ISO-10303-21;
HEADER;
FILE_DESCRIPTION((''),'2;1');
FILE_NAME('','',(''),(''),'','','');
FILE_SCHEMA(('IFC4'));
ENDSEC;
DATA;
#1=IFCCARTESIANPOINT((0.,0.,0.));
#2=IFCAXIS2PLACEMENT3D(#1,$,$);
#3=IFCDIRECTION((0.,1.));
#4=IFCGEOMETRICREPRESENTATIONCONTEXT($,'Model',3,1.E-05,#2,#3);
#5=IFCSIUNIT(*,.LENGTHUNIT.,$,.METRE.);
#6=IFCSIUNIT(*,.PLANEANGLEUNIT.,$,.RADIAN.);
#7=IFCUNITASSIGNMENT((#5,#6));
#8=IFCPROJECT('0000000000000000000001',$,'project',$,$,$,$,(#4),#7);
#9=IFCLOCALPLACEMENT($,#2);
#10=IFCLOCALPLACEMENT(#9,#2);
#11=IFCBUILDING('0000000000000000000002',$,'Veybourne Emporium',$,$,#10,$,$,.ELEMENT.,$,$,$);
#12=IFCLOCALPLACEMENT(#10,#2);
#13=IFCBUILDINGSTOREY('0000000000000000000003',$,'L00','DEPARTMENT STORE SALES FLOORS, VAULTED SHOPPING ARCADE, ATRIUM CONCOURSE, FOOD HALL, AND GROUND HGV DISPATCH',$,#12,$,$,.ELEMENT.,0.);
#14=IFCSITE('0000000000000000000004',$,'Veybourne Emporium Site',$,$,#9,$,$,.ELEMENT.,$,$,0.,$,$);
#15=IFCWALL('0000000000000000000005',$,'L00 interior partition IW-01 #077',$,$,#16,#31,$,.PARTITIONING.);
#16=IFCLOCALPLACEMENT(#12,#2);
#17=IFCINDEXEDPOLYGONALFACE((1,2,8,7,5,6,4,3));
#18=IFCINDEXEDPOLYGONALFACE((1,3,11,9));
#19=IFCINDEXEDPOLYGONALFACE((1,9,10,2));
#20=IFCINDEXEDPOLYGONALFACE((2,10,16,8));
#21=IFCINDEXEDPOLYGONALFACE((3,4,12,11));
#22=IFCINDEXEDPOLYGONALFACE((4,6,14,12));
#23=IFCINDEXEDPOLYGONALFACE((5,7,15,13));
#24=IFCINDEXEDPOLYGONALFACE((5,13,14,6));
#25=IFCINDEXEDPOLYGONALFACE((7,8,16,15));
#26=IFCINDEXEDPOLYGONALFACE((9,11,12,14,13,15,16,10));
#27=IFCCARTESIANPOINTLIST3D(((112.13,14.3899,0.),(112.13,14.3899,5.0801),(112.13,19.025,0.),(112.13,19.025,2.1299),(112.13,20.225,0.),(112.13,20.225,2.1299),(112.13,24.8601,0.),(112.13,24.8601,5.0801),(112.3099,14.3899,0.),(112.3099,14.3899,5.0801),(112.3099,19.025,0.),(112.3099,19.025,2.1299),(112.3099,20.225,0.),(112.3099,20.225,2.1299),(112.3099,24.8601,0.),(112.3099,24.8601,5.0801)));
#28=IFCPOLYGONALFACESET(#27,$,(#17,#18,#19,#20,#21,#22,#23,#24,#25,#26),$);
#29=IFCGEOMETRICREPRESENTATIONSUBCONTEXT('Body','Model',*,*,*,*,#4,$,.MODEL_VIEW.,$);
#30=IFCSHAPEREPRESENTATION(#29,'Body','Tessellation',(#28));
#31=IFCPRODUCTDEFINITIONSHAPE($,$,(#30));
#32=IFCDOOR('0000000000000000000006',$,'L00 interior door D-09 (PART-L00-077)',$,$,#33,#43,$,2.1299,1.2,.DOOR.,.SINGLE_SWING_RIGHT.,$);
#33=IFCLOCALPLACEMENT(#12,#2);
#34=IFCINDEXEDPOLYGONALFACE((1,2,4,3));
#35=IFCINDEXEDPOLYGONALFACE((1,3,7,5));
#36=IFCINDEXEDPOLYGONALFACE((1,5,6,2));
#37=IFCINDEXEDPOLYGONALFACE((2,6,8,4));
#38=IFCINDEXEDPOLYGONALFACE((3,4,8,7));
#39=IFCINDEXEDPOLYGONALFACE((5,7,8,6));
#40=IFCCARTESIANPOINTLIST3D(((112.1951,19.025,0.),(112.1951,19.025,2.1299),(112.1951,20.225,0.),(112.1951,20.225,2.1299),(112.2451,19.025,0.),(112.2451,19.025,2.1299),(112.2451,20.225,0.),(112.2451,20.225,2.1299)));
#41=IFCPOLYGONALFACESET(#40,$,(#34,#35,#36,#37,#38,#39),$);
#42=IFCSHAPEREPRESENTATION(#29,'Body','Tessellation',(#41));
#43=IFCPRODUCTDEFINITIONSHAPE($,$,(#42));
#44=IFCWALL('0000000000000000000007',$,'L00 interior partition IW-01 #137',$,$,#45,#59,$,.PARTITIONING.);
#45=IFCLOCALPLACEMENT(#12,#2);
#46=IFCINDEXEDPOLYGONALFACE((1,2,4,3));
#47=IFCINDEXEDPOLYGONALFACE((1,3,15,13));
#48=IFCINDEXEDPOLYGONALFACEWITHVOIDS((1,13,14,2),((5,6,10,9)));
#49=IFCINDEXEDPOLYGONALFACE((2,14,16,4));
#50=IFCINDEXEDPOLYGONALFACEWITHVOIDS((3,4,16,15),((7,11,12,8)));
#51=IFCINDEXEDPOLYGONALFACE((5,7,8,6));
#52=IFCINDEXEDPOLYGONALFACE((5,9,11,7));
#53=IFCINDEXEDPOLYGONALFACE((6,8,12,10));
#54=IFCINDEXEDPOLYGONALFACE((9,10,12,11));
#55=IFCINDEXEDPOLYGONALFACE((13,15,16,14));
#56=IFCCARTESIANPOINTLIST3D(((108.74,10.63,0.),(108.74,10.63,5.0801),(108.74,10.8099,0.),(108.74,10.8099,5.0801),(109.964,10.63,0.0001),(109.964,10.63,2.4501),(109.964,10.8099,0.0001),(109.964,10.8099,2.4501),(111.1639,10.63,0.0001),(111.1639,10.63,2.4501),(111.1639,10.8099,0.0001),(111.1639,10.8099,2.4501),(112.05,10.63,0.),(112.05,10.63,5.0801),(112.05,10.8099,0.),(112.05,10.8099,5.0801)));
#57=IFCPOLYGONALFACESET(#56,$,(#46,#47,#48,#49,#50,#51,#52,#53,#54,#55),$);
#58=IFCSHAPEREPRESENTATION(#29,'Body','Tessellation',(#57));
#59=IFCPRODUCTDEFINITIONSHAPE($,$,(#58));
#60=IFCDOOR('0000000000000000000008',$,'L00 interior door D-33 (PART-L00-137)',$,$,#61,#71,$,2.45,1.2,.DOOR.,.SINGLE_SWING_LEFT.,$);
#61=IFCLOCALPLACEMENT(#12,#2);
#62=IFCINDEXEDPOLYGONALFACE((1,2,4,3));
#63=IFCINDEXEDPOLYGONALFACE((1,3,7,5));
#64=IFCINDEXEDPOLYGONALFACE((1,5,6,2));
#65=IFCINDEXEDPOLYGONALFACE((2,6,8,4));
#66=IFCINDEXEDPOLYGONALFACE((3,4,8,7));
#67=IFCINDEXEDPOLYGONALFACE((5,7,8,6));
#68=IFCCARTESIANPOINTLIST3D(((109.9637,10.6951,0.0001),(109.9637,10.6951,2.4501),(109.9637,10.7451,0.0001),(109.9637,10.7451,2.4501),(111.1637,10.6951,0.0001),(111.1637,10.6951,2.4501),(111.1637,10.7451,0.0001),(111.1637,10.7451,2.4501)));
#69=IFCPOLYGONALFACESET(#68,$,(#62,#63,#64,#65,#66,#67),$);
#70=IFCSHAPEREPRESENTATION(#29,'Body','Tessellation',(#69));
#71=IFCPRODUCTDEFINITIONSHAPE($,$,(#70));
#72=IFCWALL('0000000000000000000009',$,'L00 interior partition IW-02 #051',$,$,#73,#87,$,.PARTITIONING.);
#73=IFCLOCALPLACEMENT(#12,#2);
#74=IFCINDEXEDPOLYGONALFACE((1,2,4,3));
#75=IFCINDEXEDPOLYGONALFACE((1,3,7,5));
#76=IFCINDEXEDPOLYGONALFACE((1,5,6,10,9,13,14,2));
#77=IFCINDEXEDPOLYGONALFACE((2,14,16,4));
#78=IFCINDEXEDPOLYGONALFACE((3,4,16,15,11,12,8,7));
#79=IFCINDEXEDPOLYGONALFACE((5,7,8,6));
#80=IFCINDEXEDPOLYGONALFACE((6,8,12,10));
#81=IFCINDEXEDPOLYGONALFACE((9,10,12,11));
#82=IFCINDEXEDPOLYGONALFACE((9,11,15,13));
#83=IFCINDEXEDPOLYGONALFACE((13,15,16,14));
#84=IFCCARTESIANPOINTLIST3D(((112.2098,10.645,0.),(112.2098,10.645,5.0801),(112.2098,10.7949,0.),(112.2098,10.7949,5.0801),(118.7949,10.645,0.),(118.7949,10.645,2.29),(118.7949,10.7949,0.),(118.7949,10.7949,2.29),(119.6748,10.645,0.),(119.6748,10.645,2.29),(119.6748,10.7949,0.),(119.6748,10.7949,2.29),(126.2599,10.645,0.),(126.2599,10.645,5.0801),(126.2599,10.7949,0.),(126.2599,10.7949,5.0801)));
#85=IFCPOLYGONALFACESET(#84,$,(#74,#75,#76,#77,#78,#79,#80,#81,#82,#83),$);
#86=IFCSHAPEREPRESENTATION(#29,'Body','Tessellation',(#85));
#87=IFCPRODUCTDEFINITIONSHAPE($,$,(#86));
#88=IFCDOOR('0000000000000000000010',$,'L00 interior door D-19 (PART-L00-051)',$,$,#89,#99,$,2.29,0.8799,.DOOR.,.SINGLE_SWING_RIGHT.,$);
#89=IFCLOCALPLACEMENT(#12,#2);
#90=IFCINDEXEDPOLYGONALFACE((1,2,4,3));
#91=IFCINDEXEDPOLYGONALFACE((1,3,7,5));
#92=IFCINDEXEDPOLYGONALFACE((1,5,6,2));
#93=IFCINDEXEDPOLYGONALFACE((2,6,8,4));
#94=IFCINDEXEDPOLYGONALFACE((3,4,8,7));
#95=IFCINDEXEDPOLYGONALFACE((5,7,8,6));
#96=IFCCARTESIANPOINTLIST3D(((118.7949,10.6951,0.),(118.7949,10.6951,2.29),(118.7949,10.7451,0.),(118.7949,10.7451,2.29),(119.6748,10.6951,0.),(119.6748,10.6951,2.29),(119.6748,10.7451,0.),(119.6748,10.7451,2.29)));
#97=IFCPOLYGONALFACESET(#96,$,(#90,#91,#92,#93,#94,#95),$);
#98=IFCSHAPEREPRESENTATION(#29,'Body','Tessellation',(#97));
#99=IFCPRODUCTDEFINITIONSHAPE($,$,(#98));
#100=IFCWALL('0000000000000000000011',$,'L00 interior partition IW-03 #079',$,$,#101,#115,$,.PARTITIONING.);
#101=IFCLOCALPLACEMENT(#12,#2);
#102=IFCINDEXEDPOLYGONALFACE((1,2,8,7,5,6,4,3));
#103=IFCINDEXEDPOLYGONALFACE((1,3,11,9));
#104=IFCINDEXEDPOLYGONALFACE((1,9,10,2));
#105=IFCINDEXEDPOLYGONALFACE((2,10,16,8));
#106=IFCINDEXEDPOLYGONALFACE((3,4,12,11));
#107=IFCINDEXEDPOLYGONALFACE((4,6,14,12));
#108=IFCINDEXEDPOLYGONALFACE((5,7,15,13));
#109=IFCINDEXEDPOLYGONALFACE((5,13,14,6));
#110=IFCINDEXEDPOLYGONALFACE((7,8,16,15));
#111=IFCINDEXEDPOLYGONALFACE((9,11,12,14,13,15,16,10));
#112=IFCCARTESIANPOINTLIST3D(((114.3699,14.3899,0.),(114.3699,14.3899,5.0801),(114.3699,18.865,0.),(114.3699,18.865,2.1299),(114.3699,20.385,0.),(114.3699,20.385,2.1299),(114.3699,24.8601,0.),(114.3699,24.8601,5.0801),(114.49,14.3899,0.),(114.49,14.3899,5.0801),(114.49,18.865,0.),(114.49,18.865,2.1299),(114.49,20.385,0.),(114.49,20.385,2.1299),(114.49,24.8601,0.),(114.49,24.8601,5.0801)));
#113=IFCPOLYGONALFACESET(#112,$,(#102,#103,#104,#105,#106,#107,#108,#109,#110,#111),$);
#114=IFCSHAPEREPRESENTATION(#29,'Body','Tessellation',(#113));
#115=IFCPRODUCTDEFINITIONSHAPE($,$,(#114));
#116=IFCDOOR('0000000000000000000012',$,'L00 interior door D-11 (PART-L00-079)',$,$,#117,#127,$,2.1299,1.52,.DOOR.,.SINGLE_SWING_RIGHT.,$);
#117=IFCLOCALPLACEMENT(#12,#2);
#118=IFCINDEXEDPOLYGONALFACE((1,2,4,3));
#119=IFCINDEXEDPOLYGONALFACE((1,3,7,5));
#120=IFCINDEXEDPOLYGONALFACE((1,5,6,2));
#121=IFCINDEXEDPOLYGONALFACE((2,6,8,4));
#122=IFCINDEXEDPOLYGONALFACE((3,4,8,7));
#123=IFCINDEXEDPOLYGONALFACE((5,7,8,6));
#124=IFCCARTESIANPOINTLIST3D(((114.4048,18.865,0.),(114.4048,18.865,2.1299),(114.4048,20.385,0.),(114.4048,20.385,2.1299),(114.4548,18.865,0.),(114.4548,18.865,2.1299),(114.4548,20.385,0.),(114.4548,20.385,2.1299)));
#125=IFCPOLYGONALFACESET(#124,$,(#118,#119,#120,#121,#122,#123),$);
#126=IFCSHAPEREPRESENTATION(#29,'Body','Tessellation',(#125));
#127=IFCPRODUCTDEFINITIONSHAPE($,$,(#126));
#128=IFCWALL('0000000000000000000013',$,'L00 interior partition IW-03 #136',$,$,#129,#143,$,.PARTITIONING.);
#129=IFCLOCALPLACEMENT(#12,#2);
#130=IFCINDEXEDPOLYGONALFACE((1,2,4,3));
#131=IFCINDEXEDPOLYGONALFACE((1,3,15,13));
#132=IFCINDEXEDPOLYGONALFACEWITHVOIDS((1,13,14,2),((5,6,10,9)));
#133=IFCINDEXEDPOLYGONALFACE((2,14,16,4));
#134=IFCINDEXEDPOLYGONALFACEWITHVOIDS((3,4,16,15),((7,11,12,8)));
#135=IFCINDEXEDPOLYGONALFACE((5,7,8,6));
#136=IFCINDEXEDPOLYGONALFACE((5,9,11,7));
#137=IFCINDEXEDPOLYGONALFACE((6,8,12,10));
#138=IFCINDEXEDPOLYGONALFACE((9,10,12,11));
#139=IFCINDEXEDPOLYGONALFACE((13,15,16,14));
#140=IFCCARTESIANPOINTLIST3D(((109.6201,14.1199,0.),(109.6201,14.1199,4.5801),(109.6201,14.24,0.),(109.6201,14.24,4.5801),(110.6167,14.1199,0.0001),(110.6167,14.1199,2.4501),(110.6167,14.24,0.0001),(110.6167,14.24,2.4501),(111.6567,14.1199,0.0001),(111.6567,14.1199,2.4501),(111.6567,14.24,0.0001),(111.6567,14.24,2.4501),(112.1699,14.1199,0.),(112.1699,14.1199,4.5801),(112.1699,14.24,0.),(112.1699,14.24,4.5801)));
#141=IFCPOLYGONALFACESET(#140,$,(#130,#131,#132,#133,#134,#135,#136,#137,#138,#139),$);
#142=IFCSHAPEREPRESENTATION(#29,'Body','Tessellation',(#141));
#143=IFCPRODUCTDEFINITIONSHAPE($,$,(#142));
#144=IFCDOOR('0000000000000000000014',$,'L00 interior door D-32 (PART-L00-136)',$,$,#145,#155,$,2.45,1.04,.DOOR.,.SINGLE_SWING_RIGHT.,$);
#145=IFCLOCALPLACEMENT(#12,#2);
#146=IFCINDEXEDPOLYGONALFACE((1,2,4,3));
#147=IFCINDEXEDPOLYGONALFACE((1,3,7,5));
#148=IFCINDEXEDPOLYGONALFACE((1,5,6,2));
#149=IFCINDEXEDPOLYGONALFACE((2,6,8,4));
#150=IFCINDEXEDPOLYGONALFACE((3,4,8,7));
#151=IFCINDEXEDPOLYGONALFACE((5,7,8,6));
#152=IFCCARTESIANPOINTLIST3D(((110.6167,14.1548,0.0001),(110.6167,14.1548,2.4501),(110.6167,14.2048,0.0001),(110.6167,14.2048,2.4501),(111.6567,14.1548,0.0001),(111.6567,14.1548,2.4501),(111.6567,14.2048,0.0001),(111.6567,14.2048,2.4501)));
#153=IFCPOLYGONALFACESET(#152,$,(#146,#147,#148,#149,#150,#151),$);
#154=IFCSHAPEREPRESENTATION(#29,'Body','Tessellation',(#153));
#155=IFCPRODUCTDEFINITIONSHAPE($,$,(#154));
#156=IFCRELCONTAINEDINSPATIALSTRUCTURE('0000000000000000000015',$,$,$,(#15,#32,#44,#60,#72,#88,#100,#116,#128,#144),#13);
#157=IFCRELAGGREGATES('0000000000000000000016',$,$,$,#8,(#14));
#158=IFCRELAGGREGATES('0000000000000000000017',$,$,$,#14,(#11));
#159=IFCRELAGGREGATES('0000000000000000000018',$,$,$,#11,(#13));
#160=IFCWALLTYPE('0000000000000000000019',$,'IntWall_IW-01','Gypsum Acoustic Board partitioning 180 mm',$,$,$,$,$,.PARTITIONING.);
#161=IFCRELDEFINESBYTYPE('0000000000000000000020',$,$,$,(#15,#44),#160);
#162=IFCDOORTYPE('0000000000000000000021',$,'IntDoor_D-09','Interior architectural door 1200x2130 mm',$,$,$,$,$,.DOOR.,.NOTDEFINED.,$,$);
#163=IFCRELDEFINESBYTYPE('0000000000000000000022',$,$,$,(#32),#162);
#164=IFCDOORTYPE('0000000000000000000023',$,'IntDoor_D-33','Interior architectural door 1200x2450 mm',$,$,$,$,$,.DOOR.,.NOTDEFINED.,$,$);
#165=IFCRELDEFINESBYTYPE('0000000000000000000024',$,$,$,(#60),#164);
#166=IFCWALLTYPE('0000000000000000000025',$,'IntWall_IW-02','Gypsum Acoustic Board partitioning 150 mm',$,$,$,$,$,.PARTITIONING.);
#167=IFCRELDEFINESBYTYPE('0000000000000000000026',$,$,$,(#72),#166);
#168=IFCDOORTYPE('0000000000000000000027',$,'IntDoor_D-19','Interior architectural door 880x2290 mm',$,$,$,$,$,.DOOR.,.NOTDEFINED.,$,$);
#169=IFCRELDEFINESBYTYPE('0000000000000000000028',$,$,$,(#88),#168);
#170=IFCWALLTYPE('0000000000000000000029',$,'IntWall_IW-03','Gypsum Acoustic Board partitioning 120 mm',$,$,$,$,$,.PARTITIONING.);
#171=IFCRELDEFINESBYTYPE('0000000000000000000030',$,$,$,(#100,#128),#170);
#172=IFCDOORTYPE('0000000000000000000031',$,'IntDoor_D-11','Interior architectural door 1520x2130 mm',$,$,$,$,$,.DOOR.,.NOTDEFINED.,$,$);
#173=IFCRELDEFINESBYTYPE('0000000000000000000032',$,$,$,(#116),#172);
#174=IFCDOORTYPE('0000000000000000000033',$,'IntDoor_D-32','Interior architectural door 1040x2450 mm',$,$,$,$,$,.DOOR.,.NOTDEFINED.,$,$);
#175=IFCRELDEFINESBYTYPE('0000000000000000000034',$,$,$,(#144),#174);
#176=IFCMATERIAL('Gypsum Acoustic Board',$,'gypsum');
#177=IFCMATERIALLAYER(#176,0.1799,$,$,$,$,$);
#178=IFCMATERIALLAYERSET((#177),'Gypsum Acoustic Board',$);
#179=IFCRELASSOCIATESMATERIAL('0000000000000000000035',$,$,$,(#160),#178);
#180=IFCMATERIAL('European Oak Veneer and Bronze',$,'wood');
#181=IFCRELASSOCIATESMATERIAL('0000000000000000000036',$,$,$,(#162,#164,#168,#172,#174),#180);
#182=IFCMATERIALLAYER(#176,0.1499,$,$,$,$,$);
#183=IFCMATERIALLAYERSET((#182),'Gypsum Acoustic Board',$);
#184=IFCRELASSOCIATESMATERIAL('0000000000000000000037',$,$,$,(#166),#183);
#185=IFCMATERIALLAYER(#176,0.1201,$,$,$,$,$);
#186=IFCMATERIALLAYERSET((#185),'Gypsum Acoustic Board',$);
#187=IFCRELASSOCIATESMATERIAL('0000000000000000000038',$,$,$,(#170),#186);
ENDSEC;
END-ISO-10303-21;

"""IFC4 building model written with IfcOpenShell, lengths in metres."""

from ifc_helpers import new_model, si_unit, direction, frame, frame_2d, origin, place, context, subcontext, project, spatial, rectangle, extrude, material, layer, layer_set, type_object, element, fill, save


model = new_model("IFC4")

# Units and contexts
model_context = context("Model", 3, precision=1e-05, world=origin(), true_north=direction((0.0, 1.0)))
body_context = subcontext(model_context, "Body", "Model", "MODEL_VIEW")
ifc_project = project(units=[si_unit("LENGTHUNIT", "METRE"), si_unit("PLANEANGLEUNIT", "RADIAN")], contexts=[model_context])

# Site, building, storey
site_placement = place(None, origin())
site = spatial("IfcSite", under=ifc_project, at=site_placement, Name="Veybourne Emporium Site", CompositionType="ELEMENT", RefElevation=0.0)
building_placement = place(site_placement, origin())
building = spatial("IfcBuilding", under=site, at=building_placement, Name="Veybourne Emporium", CompositionType="ELEMENT")
storey_placement = place(building_placement, origin())
storey = spatial("IfcBuildingStorey", under=building, at=storey_placement, Name="L00", Description="DEPARTMENT STORE SALES FLOORS, VAULTED SHOPPING ARCADE, ATRIUM CONCOURSE, FOOD HALL, AND GROUND HGV DISPATCH", CompositionType="ELEMENT", Elevation=0.0)

# Walls, openings, doors
ifc_material_1 = material(Name="Gypsum Acoustic Board", Category="gypsum")
ifc_layer_1 = layer(ifc_material_1, 0.1799)
ifc_layer_set_1 = layer_set([ifc_layer_1], Name="Gypsum Acoustic Board")
wall_type_1 = type_object("IfcWallType", Name="IntWall_IW-01", Description="Gypsum Acoustic Board partitioning 180 mm", PredefinedType="PARTITIONING", material=ifc_layer_set_1)
ifc_material_2 = material(Name="European Oak Veneer and Bronze", Category="wood")
wall_1_placement = place(storey_placement, frame((112.22, 14.3899, 0.0), z_axis=(0.0, 0.0, 1.0), x_axis=(0.0, 1.0, 0.0)))
wall_1 = element("IfcWall", 1, at=wall_1_placement, inside=storey, type_object=wall_type_1, Name="L00 interior partition IW-01 #077", PredefinedType="PARTITIONING", context=body_context, shape_type="SweptSolid", body=[
    extrude(rectangle(XDim=10.4702, YDim=0.1799, at=frame_2d((5.2351, 0.0))), origin(), (0.0, 0.0, 1.0), 5.0801),
])
opening_1_placement = place(wall_1_placement, frame((4.635, 0.0, 0.0)))
opening_1 = element("IfcOpeningElement", 2, at=opening_1_placement, cuts=wall_1, PredefinedType="OPENING", context=body_context, shape_type="SweptSolid", body=[
    extrude(rectangle(XDim=1.2, YDim=2.1299, at=frame_2d((0.6001, 1.0649))), frame((0.0, 0.1099, 0.0), z_axis=(0.0, -1.0, 0.0), x_axis=(1.0, 0.0, 0.0)), (0.0, 0.0, 1.0), 0.22),
])
door_type_1 = type_object("IfcDoorType", Name="IntDoor_D-09", Description="Interior architectural door 1200x2130 mm", OperationType="NOTDEFINED", PredefinedType="DOOR", material=ifc_material_2)
door_1_placement = place(opening_1_placement, origin())
door_1 = element("IfcDoor", 3, at=door_1_placement, inside=storey, type_object=door_type_1, Name="L00 interior door D-09 (PART-L00-077)", OperationType="SINGLE_SWING_RIGHT", OverallHeight=2.1299, OverallWidth=1.2, PredefinedType="DOOR", context=body_context, shape_type="SweptSolid", body=[
    extrude(rectangle(XDim=1.2, YDim=2.1299, at=frame_2d((0.6001, 1.0649))), frame((0.0, 0.0249, 0.0), z_axis=(0.0, -1.0, 0.0), x_axis=(1.0, 0.0, 0.0)), (0.0, 0.0, 1.0), 0.05),
])
fill(opening_1, door_1)
wall_2_placement = place(storey_placement, frame((108.74, 10.72, 0.0), z_axis=(0.0, 0.0, 1.0), x_axis=(1.0, 0.0, 0.0)))
wall_2 = element("IfcWall", 4, at=wall_2_placement, inside=storey, type_object=wall_type_1, Name="L00 interior partition IW-01 #137", PredefinedType="PARTITIONING", context=body_context, shape_type="SweptSolid", body=[
    extrude(rectangle(XDim=3.3101, YDim=0.1799, at=frame_2d((1.655, 0.0))), origin(), (0.0, 0.0, 1.0), 5.0801),
])
opening_2_placement = place(wall_2_placement, frame((1.2239, 0.0, 0.0)))
opening_2 = element("IfcOpeningElement", 5, at=opening_2_placement, cuts=wall_2, PredefinedType="OPENING", context=body_context, shape_type="SweptSolid", body=[
    extrude(rectangle(XDim=1.2, YDim=2.45, at=frame_2d((0.6001, 1.2251))), frame((0.0, 0.1099, 0.0), z_axis=(0.0, -1.0, 0.0), x_axis=(1.0, 0.0, 0.0)), (0.0, 0.0, 1.0), 0.22),
])
door_type_2 = type_object("IfcDoorType", Name="IntDoor_D-33", Description="Interior architectural door 1200x2450 mm", OperationType="NOTDEFINED", PredefinedType="DOOR", material=ifc_material_2)
door_2_placement = place(opening_2_placement, frame((1.2, 0.0, 0.0), z_axis=(0.0, 0.0, 1.0), x_axis=(-1.0, 0.0, 0.0)))
door_2 = element("IfcDoor", 6, at=door_2_placement, inside=storey, type_object=door_type_2, Name="L00 interior door D-33 (PART-L00-137)", OperationType="SINGLE_SWING_LEFT", OverallHeight=2.45, OverallWidth=1.2, PredefinedType="DOOR", context=body_context, shape_type="SweptSolid", body=[
    extrude(rectangle(XDim=1.2, YDim=2.45, at=frame_2d((0.6001, 1.2251))), frame((0.0, 0.0249, 0.0), z_axis=(0.0, -1.0, 0.0), x_axis=(1.0, 0.0, 0.0)), (0.0, 0.0, 1.0), 0.05),
])
fill(opening_2, door_2)
ifc_layer_2 = layer(ifc_material_1, 0.1499)
ifc_layer_set_2 = layer_set([ifc_layer_2], Name="Gypsum Acoustic Board")
wall_type_2 = type_object("IfcWallType", Name="IntWall_IW-02", Description="Gypsum Acoustic Board partitioning 150 mm", PredefinedType="PARTITIONING", material=ifc_layer_set_2)
wall_3_placement = place(storey_placement, frame((112.21, 10.72, 0.0), z_axis=(0.0, 0.0, 1.0), x_axis=(1.0, 0.0, 0.0)))
wall_3 = element("IfcWall", 7, at=wall_3_placement, inside=storey, type_object=wall_type_2, Name="L00 interior partition IW-02 #051", PredefinedType="PARTITIONING", context=body_context, shape_type="SweptSolid", body=[
    extrude(rectangle(XDim=14.05, YDim=0.1499, at=frame_2d((7.0249, 0.0))), origin(), (0.0, 0.0, 1.0), 5.0801),
])
opening_3_placement = place(wall_3_placement, frame((6.585, 0.0, 0.0)))
opening_3 = element("IfcOpeningElement", 8, at=opening_3_placement, cuts=wall_3, PredefinedType="OPENING", context=body_context, shape_type="SweptSolid", body=[
    extrude(rectangle(XDim=0.8799, YDim=2.29, at=frame_2d((0.4399, 1.145))), frame((0.0, 0.095, 0.0), z_axis=(0.0, -1.0, 0.0), x_axis=(1.0, 0.0, 0.0)), (0.0, 0.0, 1.0), 0.1899),
])
door_type_3 = type_object("IfcDoorType", Name="IntDoor_D-19", Description="Interior architectural door 880x2290 mm", OperationType="NOTDEFINED", PredefinedType="DOOR", material=ifc_material_2)
door_3_placement = place(opening_3_placement, frame((0.8799, 0.0, 0.0), z_axis=(0.0, 0.0, 1.0), x_axis=(-1.0, 0.0, 0.0)))
door_3 = element("IfcDoor", 9, at=door_3_placement, inside=storey, type_object=door_type_3, Name="L00 interior door D-19 (PART-L00-051)", OperationType="SINGLE_SWING_RIGHT", OverallHeight=2.29, OverallWidth=0.8799, PredefinedType="DOOR", context=body_context, shape_type="SweptSolid", body=[
    extrude(rectangle(XDim=0.8799, YDim=2.29, at=frame_2d((0.4399, 1.145))), frame((0.0, 0.0249, 0.0), z_axis=(0.0, -1.0, 0.0), x_axis=(1.0, 0.0, 0.0)), (0.0, 0.0, 1.0), 0.05),
])
fill(opening_3, door_3)
ifc_layer_3 = layer(ifc_material_1, 0.1201)
ifc_layer_set_3 = layer_set([ifc_layer_3], Name="Gypsum Acoustic Board")
wall_type_3 = type_object("IfcWallType", Name="IntWall_IW-03", Description="Gypsum Acoustic Board partitioning 120 mm", PredefinedType="PARTITIONING", material=ifc_layer_set_3)
wall_4_placement = place(storey_placement, frame((114.4299, 14.3899, 0.0), z_axis=(0.0, 0.0, 1.0), x_axis=(0.0, 1.0, 0.0)))
wall_4 = element("IfcWall", 10, at=wall_4_placement, inside=storey, type_object=wall_type_3, Name="L00 interior partition IW-03 #079", PredefinedType="PARTITIONING", context=body_context, shape_type="SweptSolid", body=[
    extrude(rectangle(XDim=10.4702, YDim=0.1201, at=frame_2d((5.2351, 0.0))), origin(), (0.0, 0.0, 1.0), 5.0801),
])
opening_4_placement = place(wall_4_placement, frame((4.4751, 0.0, 0.0)))
opening_4 = element("IfcOpeningElement", 11, at=opening_4_placement, cuts=wall_4, PredefinedType="OPENING", context=body_context, shape_type="SweptSolid", body=[
    extrude(rectangle(XDim=1.52, YDim=2.1299, at=frame_2d((0.76, 1.0649))), frame((0.0, 0.0801, 0.0), z_axis=(0.0, -1.0, 0.0), x_axis=(1.0, 0.0, 0.0)), (0.0, 0.0, 1.0), 0.1602),
])
door_type_4 = type_object("IfcDoorType", Name="IntDoor_D-11", Description="Interior architectural door 1520x2130 mm", OperationType="NOTDEFINED", PredefinedType="DOOR", material=ifc_material_2)
door_4_placement = place(opening_4_placement, frame((1.52, 0.0, 0.0), z_axis=(0.0, 0.0, 1.0), x_axis=(-1.0, 0.0, 0.0)))
door_4 = element("IfcDoor", 12, at=door_4_placement, inside=storey, type_object=door_type_4, Name="L00 interior door D-11 (PART-L00-079)", OperationType="SINGLE_SWING_RIGHT", OverallHeight=2.1299, OverallWidth=1.52, PredefinedType="DOOR", context=body_context, shape_type="SweptSolid", body=[
    extrude(rectangle(XDim=1.52, YDim=2.1299, at=frame_2d((0.76, 1.0649))), frame((0.0, 0.0249, 0.0), z_axis=(0.0, -1.0, 0.0), x_axis=(1.0, 0.0, 0.0)), (0.0, 0.0, 1.0), 0.05),
])
fill(opening_4, door_4)
wall_5_placement = place(storey_placement, frame((109.6201, 14.1799, 0.0), z_axis=(0.0, 0.0, 1.0), x_axis=(1.0, 0.0, 0.0)))
wall_5 = element("IfcWall", 13, at=wall_5_placement, inside=storey, type_object=wall_type_3, Name="L00 interior partition IW-03 #136", PredefinedType="PARTITIONING", context=body_context, shape_type="SweptSolid", body=[
    extrude(rectangle(XDim=2.5498, YDim=0.1201, at=frame_2d((1.2749, 0.0))), origin(), (0.0, 0.0, 1.0), 4.5801),
])
opening_5_placement = place(wall_5_placement, frame((0.9966, 0.0, 0.0)))
opening_5 = element("IfcOpeningElement", 14, at=opening_5_placement, cuts=wall_5, PredefinedType="OPENING", context=body_context, shape_type="SweptSolid", body=[
    extrude(rectangle(XDim=1.04, YDim=2.45, at=frame_2d((0.52, 1.2251))), frame((0.0, 0.0801, 0.0), z_axis=(0.0, -1.0, 0.0), x_axis=(1.0, 0.0, 0.0)), (0.0, 0.0, 1.0), 0.1602),
])
door_type_5 = type_object("IfcDoorType", Name="IntDoor_D-32", Description="Interior architectural door 1040x2450 mm", OperationType="NOTDEFINED", PredefinedType="DOOR", material=ifc_material_2)
door_5_placement = place(opening_5_placement, origin())
door_5 = element("IfcDoor", 15, at=door_5_placement, inside=storey, type_object=door_type_5, Name="L00 interior door D-32 (PART-L00-136)", OperationType="SINGLE_SWING_RIGHT", OverallHeight=2.45, OverallWidth=1.04, PredefinedType="DOOR", context=body_context, shape_type="SweptSolid", body=[
    extrude(rectangle(XDim=1.04, YDim=2.45, at=frame_2d((0.52, 1.2251))), frame((0.0, 0.0249, 0.0), z_axis=(0.0, -1.0, 0.0), x_axis=(1.0, 0.0, 0.0)), (0.0, 0.0, 1.0), 0.05),
])
fill(opening_5, door_5)

save(model, "model.ifc")
